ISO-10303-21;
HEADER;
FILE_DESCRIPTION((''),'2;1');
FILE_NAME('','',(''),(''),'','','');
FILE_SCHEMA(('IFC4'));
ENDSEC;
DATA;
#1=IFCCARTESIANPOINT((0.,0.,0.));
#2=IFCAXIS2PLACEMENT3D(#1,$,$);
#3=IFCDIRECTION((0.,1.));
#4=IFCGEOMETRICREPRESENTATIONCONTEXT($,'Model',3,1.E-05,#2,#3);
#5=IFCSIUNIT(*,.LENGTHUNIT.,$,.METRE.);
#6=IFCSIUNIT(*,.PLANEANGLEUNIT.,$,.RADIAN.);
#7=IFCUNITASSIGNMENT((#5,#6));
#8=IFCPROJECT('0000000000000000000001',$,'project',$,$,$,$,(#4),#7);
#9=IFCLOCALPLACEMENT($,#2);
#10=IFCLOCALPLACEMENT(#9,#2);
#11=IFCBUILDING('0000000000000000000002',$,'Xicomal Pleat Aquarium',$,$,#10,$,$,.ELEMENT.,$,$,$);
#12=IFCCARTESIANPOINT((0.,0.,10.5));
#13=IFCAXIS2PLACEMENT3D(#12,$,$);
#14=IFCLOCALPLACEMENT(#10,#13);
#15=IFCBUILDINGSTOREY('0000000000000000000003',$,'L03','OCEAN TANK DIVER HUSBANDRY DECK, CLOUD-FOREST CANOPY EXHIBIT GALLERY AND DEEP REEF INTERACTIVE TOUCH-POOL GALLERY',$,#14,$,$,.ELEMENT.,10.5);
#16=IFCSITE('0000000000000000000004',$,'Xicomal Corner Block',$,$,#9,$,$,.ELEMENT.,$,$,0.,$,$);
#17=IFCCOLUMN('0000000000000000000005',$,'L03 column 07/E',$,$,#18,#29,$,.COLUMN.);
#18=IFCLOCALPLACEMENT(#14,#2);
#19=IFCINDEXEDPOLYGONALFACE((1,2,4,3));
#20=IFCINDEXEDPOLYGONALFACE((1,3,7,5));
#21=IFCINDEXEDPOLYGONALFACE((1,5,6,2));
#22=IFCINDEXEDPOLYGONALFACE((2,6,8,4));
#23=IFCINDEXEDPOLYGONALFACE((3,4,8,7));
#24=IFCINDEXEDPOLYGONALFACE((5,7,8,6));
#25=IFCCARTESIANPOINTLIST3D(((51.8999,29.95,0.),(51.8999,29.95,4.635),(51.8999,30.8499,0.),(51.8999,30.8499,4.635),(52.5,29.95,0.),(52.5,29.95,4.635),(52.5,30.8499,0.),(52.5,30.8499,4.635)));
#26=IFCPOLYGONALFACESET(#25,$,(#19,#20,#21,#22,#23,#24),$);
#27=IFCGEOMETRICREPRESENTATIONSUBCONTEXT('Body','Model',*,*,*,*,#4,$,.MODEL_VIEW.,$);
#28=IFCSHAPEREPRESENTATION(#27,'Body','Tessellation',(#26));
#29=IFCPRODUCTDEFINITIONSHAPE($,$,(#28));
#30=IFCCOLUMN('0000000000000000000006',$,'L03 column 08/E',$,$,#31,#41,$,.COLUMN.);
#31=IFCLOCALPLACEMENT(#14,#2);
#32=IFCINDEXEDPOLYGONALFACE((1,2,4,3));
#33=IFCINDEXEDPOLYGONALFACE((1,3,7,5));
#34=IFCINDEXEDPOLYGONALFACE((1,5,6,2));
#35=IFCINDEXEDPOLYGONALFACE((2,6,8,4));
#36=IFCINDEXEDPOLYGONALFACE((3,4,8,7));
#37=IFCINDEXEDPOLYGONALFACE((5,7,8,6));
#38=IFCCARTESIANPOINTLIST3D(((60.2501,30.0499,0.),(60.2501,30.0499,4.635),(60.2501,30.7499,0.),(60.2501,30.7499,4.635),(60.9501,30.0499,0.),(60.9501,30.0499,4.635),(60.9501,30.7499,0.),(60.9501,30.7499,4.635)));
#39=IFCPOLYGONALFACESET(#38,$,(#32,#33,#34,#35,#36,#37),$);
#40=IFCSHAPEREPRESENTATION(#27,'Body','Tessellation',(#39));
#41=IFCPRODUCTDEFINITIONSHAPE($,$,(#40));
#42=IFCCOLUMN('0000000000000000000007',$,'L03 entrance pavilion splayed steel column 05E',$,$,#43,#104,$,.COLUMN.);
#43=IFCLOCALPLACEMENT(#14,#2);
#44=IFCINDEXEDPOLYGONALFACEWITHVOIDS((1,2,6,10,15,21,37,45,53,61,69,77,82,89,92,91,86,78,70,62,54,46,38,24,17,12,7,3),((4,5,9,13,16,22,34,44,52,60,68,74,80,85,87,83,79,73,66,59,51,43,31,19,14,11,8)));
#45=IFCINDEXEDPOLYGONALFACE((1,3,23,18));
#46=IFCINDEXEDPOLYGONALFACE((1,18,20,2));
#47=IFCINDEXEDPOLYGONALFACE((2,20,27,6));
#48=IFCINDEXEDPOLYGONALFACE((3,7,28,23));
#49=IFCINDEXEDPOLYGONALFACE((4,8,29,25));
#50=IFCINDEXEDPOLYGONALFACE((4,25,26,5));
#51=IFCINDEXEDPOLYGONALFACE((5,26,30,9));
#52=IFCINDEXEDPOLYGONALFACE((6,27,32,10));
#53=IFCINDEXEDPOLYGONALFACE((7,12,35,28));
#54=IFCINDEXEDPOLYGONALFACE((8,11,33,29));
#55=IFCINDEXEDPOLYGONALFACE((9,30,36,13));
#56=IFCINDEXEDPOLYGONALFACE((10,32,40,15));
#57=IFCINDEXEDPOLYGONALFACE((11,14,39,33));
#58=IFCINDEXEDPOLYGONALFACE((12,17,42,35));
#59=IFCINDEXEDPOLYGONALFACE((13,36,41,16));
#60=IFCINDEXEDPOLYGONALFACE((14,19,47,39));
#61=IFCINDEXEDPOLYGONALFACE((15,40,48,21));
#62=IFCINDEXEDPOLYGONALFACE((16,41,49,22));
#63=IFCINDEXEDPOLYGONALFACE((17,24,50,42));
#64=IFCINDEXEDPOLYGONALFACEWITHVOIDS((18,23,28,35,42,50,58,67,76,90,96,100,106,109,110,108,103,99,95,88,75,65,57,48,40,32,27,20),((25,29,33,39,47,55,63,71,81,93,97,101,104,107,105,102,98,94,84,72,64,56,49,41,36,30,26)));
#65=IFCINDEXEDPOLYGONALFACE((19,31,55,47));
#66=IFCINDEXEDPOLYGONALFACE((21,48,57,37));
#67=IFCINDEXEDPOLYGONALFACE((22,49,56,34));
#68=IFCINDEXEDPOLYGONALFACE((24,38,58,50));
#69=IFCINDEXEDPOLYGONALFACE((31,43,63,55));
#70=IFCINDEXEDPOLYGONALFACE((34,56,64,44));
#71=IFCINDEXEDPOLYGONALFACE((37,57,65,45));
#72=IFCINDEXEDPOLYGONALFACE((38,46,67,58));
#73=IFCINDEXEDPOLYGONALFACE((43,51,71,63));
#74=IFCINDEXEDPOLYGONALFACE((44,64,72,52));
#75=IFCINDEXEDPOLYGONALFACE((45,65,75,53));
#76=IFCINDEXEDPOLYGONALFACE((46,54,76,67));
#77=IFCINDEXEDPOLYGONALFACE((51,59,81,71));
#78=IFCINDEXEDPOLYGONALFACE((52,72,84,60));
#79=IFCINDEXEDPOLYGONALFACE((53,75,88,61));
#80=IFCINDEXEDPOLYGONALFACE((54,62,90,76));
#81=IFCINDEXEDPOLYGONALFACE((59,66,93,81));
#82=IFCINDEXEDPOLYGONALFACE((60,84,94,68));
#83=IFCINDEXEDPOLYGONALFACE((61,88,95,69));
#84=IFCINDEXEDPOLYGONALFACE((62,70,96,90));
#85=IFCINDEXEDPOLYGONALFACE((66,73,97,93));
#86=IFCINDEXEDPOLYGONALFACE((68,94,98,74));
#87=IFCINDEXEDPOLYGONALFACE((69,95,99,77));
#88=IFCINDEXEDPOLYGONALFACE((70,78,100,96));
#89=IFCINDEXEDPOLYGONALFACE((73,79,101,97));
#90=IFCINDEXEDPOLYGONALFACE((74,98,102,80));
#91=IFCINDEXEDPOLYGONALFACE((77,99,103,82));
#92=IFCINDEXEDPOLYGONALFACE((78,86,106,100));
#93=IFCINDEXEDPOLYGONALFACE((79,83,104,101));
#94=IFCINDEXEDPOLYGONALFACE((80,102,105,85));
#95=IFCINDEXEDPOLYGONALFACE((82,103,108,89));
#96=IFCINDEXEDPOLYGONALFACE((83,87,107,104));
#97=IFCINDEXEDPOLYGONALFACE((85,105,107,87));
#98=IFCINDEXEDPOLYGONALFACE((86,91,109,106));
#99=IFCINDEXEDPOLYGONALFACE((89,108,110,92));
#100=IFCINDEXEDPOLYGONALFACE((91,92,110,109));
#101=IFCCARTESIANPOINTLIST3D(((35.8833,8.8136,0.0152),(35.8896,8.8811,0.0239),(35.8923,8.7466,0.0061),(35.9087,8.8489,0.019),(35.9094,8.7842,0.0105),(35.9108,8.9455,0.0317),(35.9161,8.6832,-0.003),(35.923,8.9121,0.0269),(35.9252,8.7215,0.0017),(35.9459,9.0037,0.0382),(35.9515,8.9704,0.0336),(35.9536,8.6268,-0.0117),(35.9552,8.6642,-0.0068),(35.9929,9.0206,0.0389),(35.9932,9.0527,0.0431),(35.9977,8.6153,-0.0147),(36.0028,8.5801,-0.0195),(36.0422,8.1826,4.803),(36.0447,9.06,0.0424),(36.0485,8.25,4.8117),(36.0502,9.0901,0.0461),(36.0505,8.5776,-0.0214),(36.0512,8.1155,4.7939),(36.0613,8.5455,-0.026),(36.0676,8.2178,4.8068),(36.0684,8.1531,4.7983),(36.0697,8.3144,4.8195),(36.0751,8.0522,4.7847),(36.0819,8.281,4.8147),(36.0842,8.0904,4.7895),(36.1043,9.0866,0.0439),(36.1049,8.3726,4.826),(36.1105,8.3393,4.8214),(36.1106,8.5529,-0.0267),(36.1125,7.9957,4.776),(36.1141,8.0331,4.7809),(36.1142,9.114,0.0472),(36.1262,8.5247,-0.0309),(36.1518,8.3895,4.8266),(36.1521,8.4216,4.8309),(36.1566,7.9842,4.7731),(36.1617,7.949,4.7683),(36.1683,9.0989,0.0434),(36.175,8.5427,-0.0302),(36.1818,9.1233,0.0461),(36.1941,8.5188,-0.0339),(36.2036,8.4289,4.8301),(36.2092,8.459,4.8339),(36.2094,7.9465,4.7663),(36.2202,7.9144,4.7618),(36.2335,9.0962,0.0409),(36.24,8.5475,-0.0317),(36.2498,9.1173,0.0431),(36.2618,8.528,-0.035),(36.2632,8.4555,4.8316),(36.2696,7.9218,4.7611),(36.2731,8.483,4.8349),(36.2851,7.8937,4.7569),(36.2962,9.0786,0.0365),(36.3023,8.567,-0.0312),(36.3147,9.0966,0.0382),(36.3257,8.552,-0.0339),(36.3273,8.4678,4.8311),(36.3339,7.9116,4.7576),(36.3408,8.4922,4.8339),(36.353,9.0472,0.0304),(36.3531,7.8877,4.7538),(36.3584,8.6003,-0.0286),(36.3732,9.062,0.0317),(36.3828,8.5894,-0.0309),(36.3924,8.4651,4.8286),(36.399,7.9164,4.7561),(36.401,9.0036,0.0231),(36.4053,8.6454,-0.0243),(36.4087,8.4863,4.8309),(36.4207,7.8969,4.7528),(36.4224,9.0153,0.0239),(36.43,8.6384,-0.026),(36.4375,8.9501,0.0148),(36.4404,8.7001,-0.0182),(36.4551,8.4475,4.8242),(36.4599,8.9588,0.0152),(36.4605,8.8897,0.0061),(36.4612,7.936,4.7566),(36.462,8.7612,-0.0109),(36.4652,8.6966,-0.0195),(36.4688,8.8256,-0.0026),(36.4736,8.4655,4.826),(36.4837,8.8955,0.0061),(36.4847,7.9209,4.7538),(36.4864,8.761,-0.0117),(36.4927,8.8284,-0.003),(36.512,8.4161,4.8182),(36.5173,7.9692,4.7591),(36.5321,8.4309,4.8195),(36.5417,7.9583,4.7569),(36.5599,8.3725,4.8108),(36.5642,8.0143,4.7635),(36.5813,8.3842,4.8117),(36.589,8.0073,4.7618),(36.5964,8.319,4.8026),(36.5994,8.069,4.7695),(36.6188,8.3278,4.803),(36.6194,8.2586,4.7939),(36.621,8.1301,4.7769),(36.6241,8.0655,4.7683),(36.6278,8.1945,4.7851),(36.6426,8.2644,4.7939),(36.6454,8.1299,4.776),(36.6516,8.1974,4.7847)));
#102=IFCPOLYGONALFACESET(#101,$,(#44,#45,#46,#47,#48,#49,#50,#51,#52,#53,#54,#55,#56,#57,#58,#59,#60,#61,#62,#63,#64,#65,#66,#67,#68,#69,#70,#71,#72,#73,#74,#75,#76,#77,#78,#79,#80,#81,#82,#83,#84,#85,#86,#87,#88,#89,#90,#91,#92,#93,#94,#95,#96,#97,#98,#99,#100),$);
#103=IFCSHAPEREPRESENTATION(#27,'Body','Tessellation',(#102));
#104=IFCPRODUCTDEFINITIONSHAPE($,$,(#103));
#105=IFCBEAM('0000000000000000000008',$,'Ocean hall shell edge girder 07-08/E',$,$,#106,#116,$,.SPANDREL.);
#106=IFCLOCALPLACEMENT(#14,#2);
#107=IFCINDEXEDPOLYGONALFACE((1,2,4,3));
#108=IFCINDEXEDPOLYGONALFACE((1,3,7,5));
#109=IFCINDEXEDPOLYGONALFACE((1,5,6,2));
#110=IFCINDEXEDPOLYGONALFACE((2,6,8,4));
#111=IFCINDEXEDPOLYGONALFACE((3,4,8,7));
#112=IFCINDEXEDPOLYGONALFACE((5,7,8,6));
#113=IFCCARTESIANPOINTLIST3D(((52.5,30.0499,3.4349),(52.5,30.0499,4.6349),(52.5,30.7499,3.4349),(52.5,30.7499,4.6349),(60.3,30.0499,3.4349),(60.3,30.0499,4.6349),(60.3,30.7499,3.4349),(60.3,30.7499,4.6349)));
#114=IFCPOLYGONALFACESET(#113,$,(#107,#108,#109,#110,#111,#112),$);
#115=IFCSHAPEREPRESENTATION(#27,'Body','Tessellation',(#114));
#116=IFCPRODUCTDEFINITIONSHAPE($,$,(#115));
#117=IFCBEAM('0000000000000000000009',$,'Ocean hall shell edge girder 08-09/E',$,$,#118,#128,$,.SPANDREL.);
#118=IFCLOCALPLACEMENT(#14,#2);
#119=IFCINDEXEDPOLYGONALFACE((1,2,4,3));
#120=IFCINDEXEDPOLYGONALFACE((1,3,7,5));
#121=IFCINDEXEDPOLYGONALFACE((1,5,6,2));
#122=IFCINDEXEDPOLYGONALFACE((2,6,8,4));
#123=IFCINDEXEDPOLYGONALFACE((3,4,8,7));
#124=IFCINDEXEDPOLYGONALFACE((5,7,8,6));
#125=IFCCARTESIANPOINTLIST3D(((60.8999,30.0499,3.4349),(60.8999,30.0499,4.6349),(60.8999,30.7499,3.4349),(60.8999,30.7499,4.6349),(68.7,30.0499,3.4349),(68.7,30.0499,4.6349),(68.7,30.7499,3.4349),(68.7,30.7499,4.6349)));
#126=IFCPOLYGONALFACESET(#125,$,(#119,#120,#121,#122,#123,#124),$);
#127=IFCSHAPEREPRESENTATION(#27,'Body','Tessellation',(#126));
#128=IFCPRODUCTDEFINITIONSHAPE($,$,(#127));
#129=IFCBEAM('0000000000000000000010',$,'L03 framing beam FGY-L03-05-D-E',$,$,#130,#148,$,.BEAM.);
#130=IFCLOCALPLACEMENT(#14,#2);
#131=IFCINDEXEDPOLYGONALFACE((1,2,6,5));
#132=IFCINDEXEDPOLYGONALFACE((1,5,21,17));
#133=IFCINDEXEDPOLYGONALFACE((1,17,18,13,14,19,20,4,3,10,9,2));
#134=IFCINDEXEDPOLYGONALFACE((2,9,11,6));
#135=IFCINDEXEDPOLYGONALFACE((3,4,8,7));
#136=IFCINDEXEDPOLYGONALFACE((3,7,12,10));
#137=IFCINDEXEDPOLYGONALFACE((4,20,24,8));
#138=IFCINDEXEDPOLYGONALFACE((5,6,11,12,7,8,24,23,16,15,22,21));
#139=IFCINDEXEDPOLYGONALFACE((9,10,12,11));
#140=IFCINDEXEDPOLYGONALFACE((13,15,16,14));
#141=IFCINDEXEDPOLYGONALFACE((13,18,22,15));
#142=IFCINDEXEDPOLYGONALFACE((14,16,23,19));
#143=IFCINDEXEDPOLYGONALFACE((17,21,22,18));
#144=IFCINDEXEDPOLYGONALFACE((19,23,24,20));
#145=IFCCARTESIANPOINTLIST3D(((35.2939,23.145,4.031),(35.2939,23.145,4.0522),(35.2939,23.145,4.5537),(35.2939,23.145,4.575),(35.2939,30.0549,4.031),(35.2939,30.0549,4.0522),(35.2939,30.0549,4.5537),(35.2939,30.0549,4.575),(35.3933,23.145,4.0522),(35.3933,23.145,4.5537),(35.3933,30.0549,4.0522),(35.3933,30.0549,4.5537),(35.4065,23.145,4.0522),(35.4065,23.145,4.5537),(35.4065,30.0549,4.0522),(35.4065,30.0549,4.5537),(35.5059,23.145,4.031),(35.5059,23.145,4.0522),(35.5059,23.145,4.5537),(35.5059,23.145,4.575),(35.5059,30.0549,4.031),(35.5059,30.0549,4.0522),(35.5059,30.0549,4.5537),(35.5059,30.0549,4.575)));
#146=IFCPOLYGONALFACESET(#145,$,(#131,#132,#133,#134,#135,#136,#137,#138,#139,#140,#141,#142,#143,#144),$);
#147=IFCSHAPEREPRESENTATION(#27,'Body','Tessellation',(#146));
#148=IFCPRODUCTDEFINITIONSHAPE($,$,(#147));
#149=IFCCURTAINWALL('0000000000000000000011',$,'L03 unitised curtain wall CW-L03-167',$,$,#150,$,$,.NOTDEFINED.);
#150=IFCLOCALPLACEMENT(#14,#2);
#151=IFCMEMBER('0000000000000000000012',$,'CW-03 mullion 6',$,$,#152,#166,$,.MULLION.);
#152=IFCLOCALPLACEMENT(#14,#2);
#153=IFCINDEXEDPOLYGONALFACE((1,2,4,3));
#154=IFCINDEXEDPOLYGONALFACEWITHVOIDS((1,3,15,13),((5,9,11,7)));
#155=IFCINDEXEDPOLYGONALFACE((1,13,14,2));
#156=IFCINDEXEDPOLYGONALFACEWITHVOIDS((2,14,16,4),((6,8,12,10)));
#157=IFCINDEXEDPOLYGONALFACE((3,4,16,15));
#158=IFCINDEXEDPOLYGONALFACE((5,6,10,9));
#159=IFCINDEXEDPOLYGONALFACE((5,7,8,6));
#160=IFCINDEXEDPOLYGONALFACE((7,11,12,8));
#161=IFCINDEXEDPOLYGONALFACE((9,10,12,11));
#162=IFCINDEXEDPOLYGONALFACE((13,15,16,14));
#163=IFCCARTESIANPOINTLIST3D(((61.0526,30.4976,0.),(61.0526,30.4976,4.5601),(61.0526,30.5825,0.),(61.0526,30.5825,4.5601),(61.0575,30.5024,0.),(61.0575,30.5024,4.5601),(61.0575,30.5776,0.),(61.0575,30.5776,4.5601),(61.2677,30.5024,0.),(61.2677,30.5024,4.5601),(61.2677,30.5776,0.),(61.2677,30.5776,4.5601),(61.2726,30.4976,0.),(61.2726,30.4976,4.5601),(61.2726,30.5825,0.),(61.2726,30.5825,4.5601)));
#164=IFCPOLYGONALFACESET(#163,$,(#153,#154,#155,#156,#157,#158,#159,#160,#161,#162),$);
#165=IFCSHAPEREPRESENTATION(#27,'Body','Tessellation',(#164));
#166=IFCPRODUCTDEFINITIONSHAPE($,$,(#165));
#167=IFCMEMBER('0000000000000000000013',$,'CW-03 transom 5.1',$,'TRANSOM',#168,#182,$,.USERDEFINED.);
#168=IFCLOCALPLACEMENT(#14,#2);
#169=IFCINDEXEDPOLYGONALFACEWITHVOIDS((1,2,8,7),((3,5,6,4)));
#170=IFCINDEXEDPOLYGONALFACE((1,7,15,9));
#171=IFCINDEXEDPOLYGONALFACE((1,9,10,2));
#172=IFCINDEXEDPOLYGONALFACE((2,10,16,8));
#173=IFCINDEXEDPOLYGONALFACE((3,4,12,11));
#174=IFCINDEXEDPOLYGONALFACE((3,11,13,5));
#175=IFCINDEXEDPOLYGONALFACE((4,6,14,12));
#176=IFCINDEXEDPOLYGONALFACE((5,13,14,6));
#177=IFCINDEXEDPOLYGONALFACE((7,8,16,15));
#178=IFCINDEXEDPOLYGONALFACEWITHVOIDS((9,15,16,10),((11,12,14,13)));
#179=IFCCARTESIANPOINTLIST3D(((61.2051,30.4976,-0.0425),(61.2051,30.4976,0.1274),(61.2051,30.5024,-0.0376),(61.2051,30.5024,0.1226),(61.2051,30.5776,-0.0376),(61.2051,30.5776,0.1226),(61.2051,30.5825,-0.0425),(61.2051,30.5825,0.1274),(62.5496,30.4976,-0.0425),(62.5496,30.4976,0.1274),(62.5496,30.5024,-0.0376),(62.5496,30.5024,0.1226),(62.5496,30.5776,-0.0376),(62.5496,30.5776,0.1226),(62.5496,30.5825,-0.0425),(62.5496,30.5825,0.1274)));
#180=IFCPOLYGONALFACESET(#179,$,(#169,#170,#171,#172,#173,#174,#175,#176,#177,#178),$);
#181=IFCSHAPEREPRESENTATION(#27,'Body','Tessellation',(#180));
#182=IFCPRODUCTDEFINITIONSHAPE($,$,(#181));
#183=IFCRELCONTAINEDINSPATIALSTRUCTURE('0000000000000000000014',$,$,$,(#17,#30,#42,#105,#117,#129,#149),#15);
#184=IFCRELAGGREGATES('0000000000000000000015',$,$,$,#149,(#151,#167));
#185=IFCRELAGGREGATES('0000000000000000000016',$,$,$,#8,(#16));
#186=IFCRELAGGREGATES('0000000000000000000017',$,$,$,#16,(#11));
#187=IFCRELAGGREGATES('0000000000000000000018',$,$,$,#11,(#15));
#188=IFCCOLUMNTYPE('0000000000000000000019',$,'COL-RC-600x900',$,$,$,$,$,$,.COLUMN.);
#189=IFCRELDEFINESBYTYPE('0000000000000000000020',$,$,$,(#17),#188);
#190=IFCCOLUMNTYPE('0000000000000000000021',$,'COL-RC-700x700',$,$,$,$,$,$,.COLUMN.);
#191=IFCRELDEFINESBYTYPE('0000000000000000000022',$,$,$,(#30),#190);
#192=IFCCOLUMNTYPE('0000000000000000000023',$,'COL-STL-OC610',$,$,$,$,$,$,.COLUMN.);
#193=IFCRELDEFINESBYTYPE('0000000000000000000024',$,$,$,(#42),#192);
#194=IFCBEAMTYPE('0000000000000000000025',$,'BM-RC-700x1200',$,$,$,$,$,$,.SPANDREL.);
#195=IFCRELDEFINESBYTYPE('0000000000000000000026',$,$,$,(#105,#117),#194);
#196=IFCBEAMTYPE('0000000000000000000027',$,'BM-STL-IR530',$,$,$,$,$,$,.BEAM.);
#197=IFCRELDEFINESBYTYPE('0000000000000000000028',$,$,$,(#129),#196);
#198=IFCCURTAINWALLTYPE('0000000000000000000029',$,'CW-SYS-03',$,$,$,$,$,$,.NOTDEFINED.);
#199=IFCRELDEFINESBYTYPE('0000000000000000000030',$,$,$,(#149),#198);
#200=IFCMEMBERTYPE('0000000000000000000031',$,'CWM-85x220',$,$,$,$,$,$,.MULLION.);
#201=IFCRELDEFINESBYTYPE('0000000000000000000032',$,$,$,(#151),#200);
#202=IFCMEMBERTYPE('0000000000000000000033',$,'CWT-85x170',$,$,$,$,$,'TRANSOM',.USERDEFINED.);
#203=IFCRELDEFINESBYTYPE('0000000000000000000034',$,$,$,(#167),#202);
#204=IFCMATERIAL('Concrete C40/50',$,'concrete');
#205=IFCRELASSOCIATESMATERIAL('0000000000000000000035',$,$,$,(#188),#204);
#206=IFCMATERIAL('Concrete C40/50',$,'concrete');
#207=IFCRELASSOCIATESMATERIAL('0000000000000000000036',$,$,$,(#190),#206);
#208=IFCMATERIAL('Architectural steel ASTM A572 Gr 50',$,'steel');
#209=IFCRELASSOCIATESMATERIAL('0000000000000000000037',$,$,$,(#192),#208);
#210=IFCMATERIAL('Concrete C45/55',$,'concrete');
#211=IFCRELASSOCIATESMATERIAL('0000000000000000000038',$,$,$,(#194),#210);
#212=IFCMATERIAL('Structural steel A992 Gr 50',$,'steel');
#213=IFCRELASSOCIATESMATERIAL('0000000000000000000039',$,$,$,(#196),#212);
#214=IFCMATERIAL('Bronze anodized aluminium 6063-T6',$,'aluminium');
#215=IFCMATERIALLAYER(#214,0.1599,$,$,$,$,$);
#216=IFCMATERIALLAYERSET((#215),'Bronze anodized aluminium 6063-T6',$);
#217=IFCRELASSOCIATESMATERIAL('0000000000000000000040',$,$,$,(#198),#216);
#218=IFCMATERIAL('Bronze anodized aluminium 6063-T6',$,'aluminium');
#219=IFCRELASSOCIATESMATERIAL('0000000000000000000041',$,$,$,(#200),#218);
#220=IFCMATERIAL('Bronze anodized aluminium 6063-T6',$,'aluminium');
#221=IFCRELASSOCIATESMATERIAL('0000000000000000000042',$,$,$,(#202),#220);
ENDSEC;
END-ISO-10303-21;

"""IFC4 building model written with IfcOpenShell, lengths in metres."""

from ifc_helpers import new_model, si_unit, direction, frame, origin, origin_2d, place, context, subcontext, project, spatial, rectangle, hollow_rectangle, hollow_circle, i_section, extrude, material, layer, layer_set, material_profile, profile_set, type_object, element, aggregate, save


model = new_model("IFC4")

# Units and contexts
model_context = context("Model", 3, precision=1e-05, world=origin(), true_north=direction((0.0, 1.0)))
body_context = subcontext(model_context, "Body", "Model", "MODEL_VIEW")
ifc_project = project(units=[si_unit("LENGTHUNIT", "METRE"), si_unit("PLANEANGLEUNIT", "RADIAN")], contexts=[model_context])

# Site, building, storey
site_placement = place(None, origin())
site = spatial("IfcSite", under=ifc_project, at=site_placement, Name="Xicomal Corner Block", CompositionType="ELEMENT", RefElevation=0.0)
building_placement = place(site_placement, origin())
building = spatial("IfcBuilding", under=site, at=building_placement, Name="Xicomal Pleat Aquarium", CompositionType="ELEMENT")
storey_placement = place(building_placement, frame((0.0, 0.0, 10.5)))
storey = spatial("IfcBuildingStorey", under=building, at=storey_placement, Name="L03", Description="OCEAN TANK DIVER HUSBANDRY DECK, CLOUD-FOREST CANOPY EXHIBIT GALLERY AND DEEP REEF INTERACTIVE TOUCH-POOL GALLERY", CompositionType="ELEMENT", Elevation=10.5)

# Columns
ifc_material_1 = material(Name="Concrete C40/50", Category="concrete")
ifc_material_profile_1 = material_profile(ifc_material_1, rectangle(XDim=0.6001, YDim=0.8999, at=origin_2d()), Name="RC 600x900")
ifc_profile_set_1 = profile_set([ifc_material_profile_1], Name="Concrete C40/50")
column_type_1 = type_object("IfcColumnType", Name="COL-RC-600x900", PredefinedType="COLUMN", material=ifc_profile_set_1)
column_1_placement = place(storey_placement, frame((52.2, 30.3999, 0.0), z_axis=(0.0, 0.0, 1.0), x_axis=(1.0, 0.0, 0.0)))
element("IfcColumn", 1, at=column_1_placement, inside=storey, type_object=column_type_1, Name="L03 column 07/E", PredefinedType="COLUMN", context=body_context, shape_type="SweptSolid", body=[
    extrude(rectangle(XDim=0.6001, YDim=0.8999, at=origin_2d()), origin(), (0.0, 0.0, 1.0), 4.635),
])
ifc_material_2 = material(Name="Concrete C40/50", Category="concrete")
ifc_material_profile_2 = material_profile(ifc_material_2, rectangle(XDim=0.7, YDim=0.7, at=origin_2d()), Name="RC 700x700")
ifc_profile_set_2 = profile_set([ifc_material_profile_2], Name="Concrete C40/50")
column_type_2 = type_object("IfcColumnType", Name="COL-RC-700x700", PredefinedType="COLUMN", material=ifc_profile_set_2)
column_2_placement = place(storey_placement, frame((60.6001, 30.3999, 0.0), z_axis=(0.0, 0.0, 1.0), x_axis=(1.0, 0.0, 0.0)))
element("IfcColumn", 2, at=column_2_placement, inside=storey, type_object=column_type_2, Name="L03 column 08/E", PredefinedType="COLUMN", context=body_context, shape_type="SweptSolid", body=[
    extrude(rectangle(XDim=0.7, YDim=0.7, at=origin_2d()), origin(), (0.0, 0.0, 1.0), 4.635),
])
ifc_material_3 = material(Name="Architectural steel ASTM A572 Gr 50", Category="steel")
ifc_material_profile_3 = material_profile(ifc_material_3, hollow_circle(Radius=0.3049, WallThickness=0.0239, at=origin_2d()), Name="OC 610x24")
ifc_profile_set_3 = profile_set([ifc_material_profile_3], Name="Architectural steel ASTM A572 Gr 50")
column_type_3 = type_object("IfcColumnType", Name="COL-STL-OC610", PredefinedType="COLUMN", material=ifc_profile_set_3)
column_3_placement = place(storey_placement, frame((36.188, 8.821, 0.0061), z_axis=(0.032893, -0.130613, 0.990888), x_axis=(0.969722, 0.244212, 0.0)))
element("IfcColumn", 3, at=column_3_placement, inside=storey, type_object=column_type_3, Name="L03 entrance pavilion splayed steel column 05E", PredefinedType="COLUMN", context=body_context, shape_type="SweptSolid", body=[
    extrude(hollow_circle(Radius=0.3049, WallThickness=0.0239, at=origin_2d()), origin(), (0.0, 0.0, 1.0), 4.8318),
])

# Beams
ifc_material_4 = material(Name="Concrete C45/55", Category="concrete")
ifc_material_profile_4 = material_profile(ifc_material_4, rectangle(XDim=0.7, YDim=1.2, at=origin_2d()), Name="RC 700x1200")
ifc_profile_set_4 = profile_set([ifc_material_profile_4], Name="Concrete C45/55")
beam_type_1 = type_object("IfcBeamType", Name="BM-RC-700x1200", PredefinedType="SPANDREL", material=ifc_profile_set_4)
for number, where, z_axis, x_axis, name in (
    (4, (52.5, 30.3999, 4.0349), (1.0, 0.0, 0.0), (0.0, 1.0, 0.0), "Ocean hall shell edge girder 07-08/E"),
    (5, (60.8999, 30.3999, 4.0349), (1.0, 0.0, 0.0), (0.0, 1.0, 0.0), "Ocean hall shell edge girder 08-09/E"),
):
    element("IfcBeam", number, at=place(storey_placement, frame(where, z_axis=z_axis, x_axis=x_axis)), inside=storey, type_object=beam_type_1, Name=name, PredefinedType="SPANDREL", context=body_context, shape_type="SweptSolid", body=[
        extrude(rectangle(XDim=0.7, YDim=1.2, at=origin_2d()), origin(), (0.0, 0.0, 1.0), 7.8),
    ])
ifc_material_5 = material(Name="Structural steel A992 Gr 50", Category="steel")
ifc_material_profile_5 = material_profile(ifc_material_5, i_section(OverallWidth=0.2119, OverallDepth=0.5439, WebThickness=0.0132, FlangeThickness=0.0212, at=origin_2d()), Name="IR 530x123")
ifc_profile_set_5 = profile_set([ifc_material_profile_5], Name="Structural steel A992 Gr 50")
beam_type_2 = type_object("IfcBeamType", Name="BM-STL-IR530", PredefinedType="BEAM", material=ifc_profile_set_5)
beam_placement = place(storey_placement, frame((35.3999, 23.145, 4.303), z_axis=(0.0, 1.0, 0.0), x_axis=(-1.0, 0.0, 0.0)))
element("IfcBeam", 6, at=beam_placement, inside=storey, type_object=beam_type_2, Name="L03 framing beam FGY-L03-05-D-E", PredefinedType="BEAM", context=body_context, shape_type="SweptSolid", body=[
    extrude(i_section(OverallWidth=0.2119, OverallDepth=0.5439, WebThickness=0.0132, FlangeThickness=0.0212, at=origin_2d()), origin(), (0.0, 0.0, 1.0), 6.9099),
])

# Curtain wall, members
ifc_material_6 = material(Name="Bronze anodized aluminium 6063-T6", Category="aluminium")
ifc_layer_1 = layer(ifc_material_6, 0.1599)
ifc_layer_set_1 = layer_set([ifc_layer_1], Name="Bronze anodized aluminium 6063-T6")
curtain_wall_type = type_object("IfcCurtainWallType", Name="CW-SYS-03", PredefinedType="NOTDEFINED", material=ifc_layer_set_1)
curtain_wall_placement = place(storey_placement, origin())
curtain_wall = element("IfcCurtainWall", 7, at=curtain_wall_placement, inside=storey, type_object=curtain_wall_type, Name="L03 unitised curtain wall CW-L03-167", PredefinedType="NOTDEFINED")
ifc_material_7 = material(Name="Bronze anodized aluminium 6063-T6", Category="aluminium")
ifc_material_profile_6 = material_profile(ifc_material_7, hollow_rectangle(XDim=0.085, YDim=0.22, WallThickness=0.0049, at=origin_2d()), Name="ALU MULL 85x220")
ifc_profile_set_6 = profile_set([ifc_material_profile_6], Name="Bronze anodized aluminium 6063-T6")
member_type_1 = type_object("IfcMemberType", Name="CWM-85x220", PredefinedType="MULLION", material=ifc_profile_set_6)
member_1_placement = place(storey_placement, frame((61.1626, 30.54, 0.0), z_axis=(0.0, 0.0, 1.0), x_axis=(0.0, -1.0, 0.0)))
member_1 = element("IfcMember", 8, at=member_1_placement, type_object=member_type_1, Name="CW-03 mullion 6", PredefinedType="MULLION", context=body_context, shape_type="SweptSolid", body=[
    extrude(hollow_rectangle(XDim=0.085, YDim=0.22, WallThickness=0.0049, at=origin_2d()), origin(), (0.0, 0.0, 1.0), 4.5601),
])
ifc_material_8 = material(Name="Bronze anodized aluminium 6063-T6", Category="aluminium")
ifc_material_profile_7 = material_profile(ifc_material_8, hollow_rectangle(XDim=0.085, YDim=0.1699, WallThickness=0.0049, at=origin_2d()), Name="ALU TRAN 85x170")
ifc_profile_set_7 = profile_set([ifc_material_profile_7], Name="Bronze anodized aluminium 6063-T6")
member_type_2 = type_object("IfcMemberType", Name="CWT-85x170", ElementType="TRANSOM", PredefinedType="USERDEFINED", material=ifc_profile_set_7)
member_2_placement = place(storey_placement, frame((62.5496, 30.54, 0.0425), z_axis=(-1.0, 0.0, 0.0), x_axis=(0.0, -1.0, 0.0)))
member_2 = element("IfcMember", 9, at=member_2_placement, type_object=member_type_2, Name="CW-03 transom 5.1", ObjectType="TRANSOM", PredefinedType="USERDEFINED", context=body_context, shape_type="SweptSolid", body=[
    extrude(hollow_rectangle(XDim=0.085, YDim=0.1699, WallThickness=0.0049, at=origin_2d()), origin(), (0.0, 0.0, 1.0), 1.3445),
])

aggregate(curtain_wall, [member_1, member_2])

save(model, "model.ifc")
